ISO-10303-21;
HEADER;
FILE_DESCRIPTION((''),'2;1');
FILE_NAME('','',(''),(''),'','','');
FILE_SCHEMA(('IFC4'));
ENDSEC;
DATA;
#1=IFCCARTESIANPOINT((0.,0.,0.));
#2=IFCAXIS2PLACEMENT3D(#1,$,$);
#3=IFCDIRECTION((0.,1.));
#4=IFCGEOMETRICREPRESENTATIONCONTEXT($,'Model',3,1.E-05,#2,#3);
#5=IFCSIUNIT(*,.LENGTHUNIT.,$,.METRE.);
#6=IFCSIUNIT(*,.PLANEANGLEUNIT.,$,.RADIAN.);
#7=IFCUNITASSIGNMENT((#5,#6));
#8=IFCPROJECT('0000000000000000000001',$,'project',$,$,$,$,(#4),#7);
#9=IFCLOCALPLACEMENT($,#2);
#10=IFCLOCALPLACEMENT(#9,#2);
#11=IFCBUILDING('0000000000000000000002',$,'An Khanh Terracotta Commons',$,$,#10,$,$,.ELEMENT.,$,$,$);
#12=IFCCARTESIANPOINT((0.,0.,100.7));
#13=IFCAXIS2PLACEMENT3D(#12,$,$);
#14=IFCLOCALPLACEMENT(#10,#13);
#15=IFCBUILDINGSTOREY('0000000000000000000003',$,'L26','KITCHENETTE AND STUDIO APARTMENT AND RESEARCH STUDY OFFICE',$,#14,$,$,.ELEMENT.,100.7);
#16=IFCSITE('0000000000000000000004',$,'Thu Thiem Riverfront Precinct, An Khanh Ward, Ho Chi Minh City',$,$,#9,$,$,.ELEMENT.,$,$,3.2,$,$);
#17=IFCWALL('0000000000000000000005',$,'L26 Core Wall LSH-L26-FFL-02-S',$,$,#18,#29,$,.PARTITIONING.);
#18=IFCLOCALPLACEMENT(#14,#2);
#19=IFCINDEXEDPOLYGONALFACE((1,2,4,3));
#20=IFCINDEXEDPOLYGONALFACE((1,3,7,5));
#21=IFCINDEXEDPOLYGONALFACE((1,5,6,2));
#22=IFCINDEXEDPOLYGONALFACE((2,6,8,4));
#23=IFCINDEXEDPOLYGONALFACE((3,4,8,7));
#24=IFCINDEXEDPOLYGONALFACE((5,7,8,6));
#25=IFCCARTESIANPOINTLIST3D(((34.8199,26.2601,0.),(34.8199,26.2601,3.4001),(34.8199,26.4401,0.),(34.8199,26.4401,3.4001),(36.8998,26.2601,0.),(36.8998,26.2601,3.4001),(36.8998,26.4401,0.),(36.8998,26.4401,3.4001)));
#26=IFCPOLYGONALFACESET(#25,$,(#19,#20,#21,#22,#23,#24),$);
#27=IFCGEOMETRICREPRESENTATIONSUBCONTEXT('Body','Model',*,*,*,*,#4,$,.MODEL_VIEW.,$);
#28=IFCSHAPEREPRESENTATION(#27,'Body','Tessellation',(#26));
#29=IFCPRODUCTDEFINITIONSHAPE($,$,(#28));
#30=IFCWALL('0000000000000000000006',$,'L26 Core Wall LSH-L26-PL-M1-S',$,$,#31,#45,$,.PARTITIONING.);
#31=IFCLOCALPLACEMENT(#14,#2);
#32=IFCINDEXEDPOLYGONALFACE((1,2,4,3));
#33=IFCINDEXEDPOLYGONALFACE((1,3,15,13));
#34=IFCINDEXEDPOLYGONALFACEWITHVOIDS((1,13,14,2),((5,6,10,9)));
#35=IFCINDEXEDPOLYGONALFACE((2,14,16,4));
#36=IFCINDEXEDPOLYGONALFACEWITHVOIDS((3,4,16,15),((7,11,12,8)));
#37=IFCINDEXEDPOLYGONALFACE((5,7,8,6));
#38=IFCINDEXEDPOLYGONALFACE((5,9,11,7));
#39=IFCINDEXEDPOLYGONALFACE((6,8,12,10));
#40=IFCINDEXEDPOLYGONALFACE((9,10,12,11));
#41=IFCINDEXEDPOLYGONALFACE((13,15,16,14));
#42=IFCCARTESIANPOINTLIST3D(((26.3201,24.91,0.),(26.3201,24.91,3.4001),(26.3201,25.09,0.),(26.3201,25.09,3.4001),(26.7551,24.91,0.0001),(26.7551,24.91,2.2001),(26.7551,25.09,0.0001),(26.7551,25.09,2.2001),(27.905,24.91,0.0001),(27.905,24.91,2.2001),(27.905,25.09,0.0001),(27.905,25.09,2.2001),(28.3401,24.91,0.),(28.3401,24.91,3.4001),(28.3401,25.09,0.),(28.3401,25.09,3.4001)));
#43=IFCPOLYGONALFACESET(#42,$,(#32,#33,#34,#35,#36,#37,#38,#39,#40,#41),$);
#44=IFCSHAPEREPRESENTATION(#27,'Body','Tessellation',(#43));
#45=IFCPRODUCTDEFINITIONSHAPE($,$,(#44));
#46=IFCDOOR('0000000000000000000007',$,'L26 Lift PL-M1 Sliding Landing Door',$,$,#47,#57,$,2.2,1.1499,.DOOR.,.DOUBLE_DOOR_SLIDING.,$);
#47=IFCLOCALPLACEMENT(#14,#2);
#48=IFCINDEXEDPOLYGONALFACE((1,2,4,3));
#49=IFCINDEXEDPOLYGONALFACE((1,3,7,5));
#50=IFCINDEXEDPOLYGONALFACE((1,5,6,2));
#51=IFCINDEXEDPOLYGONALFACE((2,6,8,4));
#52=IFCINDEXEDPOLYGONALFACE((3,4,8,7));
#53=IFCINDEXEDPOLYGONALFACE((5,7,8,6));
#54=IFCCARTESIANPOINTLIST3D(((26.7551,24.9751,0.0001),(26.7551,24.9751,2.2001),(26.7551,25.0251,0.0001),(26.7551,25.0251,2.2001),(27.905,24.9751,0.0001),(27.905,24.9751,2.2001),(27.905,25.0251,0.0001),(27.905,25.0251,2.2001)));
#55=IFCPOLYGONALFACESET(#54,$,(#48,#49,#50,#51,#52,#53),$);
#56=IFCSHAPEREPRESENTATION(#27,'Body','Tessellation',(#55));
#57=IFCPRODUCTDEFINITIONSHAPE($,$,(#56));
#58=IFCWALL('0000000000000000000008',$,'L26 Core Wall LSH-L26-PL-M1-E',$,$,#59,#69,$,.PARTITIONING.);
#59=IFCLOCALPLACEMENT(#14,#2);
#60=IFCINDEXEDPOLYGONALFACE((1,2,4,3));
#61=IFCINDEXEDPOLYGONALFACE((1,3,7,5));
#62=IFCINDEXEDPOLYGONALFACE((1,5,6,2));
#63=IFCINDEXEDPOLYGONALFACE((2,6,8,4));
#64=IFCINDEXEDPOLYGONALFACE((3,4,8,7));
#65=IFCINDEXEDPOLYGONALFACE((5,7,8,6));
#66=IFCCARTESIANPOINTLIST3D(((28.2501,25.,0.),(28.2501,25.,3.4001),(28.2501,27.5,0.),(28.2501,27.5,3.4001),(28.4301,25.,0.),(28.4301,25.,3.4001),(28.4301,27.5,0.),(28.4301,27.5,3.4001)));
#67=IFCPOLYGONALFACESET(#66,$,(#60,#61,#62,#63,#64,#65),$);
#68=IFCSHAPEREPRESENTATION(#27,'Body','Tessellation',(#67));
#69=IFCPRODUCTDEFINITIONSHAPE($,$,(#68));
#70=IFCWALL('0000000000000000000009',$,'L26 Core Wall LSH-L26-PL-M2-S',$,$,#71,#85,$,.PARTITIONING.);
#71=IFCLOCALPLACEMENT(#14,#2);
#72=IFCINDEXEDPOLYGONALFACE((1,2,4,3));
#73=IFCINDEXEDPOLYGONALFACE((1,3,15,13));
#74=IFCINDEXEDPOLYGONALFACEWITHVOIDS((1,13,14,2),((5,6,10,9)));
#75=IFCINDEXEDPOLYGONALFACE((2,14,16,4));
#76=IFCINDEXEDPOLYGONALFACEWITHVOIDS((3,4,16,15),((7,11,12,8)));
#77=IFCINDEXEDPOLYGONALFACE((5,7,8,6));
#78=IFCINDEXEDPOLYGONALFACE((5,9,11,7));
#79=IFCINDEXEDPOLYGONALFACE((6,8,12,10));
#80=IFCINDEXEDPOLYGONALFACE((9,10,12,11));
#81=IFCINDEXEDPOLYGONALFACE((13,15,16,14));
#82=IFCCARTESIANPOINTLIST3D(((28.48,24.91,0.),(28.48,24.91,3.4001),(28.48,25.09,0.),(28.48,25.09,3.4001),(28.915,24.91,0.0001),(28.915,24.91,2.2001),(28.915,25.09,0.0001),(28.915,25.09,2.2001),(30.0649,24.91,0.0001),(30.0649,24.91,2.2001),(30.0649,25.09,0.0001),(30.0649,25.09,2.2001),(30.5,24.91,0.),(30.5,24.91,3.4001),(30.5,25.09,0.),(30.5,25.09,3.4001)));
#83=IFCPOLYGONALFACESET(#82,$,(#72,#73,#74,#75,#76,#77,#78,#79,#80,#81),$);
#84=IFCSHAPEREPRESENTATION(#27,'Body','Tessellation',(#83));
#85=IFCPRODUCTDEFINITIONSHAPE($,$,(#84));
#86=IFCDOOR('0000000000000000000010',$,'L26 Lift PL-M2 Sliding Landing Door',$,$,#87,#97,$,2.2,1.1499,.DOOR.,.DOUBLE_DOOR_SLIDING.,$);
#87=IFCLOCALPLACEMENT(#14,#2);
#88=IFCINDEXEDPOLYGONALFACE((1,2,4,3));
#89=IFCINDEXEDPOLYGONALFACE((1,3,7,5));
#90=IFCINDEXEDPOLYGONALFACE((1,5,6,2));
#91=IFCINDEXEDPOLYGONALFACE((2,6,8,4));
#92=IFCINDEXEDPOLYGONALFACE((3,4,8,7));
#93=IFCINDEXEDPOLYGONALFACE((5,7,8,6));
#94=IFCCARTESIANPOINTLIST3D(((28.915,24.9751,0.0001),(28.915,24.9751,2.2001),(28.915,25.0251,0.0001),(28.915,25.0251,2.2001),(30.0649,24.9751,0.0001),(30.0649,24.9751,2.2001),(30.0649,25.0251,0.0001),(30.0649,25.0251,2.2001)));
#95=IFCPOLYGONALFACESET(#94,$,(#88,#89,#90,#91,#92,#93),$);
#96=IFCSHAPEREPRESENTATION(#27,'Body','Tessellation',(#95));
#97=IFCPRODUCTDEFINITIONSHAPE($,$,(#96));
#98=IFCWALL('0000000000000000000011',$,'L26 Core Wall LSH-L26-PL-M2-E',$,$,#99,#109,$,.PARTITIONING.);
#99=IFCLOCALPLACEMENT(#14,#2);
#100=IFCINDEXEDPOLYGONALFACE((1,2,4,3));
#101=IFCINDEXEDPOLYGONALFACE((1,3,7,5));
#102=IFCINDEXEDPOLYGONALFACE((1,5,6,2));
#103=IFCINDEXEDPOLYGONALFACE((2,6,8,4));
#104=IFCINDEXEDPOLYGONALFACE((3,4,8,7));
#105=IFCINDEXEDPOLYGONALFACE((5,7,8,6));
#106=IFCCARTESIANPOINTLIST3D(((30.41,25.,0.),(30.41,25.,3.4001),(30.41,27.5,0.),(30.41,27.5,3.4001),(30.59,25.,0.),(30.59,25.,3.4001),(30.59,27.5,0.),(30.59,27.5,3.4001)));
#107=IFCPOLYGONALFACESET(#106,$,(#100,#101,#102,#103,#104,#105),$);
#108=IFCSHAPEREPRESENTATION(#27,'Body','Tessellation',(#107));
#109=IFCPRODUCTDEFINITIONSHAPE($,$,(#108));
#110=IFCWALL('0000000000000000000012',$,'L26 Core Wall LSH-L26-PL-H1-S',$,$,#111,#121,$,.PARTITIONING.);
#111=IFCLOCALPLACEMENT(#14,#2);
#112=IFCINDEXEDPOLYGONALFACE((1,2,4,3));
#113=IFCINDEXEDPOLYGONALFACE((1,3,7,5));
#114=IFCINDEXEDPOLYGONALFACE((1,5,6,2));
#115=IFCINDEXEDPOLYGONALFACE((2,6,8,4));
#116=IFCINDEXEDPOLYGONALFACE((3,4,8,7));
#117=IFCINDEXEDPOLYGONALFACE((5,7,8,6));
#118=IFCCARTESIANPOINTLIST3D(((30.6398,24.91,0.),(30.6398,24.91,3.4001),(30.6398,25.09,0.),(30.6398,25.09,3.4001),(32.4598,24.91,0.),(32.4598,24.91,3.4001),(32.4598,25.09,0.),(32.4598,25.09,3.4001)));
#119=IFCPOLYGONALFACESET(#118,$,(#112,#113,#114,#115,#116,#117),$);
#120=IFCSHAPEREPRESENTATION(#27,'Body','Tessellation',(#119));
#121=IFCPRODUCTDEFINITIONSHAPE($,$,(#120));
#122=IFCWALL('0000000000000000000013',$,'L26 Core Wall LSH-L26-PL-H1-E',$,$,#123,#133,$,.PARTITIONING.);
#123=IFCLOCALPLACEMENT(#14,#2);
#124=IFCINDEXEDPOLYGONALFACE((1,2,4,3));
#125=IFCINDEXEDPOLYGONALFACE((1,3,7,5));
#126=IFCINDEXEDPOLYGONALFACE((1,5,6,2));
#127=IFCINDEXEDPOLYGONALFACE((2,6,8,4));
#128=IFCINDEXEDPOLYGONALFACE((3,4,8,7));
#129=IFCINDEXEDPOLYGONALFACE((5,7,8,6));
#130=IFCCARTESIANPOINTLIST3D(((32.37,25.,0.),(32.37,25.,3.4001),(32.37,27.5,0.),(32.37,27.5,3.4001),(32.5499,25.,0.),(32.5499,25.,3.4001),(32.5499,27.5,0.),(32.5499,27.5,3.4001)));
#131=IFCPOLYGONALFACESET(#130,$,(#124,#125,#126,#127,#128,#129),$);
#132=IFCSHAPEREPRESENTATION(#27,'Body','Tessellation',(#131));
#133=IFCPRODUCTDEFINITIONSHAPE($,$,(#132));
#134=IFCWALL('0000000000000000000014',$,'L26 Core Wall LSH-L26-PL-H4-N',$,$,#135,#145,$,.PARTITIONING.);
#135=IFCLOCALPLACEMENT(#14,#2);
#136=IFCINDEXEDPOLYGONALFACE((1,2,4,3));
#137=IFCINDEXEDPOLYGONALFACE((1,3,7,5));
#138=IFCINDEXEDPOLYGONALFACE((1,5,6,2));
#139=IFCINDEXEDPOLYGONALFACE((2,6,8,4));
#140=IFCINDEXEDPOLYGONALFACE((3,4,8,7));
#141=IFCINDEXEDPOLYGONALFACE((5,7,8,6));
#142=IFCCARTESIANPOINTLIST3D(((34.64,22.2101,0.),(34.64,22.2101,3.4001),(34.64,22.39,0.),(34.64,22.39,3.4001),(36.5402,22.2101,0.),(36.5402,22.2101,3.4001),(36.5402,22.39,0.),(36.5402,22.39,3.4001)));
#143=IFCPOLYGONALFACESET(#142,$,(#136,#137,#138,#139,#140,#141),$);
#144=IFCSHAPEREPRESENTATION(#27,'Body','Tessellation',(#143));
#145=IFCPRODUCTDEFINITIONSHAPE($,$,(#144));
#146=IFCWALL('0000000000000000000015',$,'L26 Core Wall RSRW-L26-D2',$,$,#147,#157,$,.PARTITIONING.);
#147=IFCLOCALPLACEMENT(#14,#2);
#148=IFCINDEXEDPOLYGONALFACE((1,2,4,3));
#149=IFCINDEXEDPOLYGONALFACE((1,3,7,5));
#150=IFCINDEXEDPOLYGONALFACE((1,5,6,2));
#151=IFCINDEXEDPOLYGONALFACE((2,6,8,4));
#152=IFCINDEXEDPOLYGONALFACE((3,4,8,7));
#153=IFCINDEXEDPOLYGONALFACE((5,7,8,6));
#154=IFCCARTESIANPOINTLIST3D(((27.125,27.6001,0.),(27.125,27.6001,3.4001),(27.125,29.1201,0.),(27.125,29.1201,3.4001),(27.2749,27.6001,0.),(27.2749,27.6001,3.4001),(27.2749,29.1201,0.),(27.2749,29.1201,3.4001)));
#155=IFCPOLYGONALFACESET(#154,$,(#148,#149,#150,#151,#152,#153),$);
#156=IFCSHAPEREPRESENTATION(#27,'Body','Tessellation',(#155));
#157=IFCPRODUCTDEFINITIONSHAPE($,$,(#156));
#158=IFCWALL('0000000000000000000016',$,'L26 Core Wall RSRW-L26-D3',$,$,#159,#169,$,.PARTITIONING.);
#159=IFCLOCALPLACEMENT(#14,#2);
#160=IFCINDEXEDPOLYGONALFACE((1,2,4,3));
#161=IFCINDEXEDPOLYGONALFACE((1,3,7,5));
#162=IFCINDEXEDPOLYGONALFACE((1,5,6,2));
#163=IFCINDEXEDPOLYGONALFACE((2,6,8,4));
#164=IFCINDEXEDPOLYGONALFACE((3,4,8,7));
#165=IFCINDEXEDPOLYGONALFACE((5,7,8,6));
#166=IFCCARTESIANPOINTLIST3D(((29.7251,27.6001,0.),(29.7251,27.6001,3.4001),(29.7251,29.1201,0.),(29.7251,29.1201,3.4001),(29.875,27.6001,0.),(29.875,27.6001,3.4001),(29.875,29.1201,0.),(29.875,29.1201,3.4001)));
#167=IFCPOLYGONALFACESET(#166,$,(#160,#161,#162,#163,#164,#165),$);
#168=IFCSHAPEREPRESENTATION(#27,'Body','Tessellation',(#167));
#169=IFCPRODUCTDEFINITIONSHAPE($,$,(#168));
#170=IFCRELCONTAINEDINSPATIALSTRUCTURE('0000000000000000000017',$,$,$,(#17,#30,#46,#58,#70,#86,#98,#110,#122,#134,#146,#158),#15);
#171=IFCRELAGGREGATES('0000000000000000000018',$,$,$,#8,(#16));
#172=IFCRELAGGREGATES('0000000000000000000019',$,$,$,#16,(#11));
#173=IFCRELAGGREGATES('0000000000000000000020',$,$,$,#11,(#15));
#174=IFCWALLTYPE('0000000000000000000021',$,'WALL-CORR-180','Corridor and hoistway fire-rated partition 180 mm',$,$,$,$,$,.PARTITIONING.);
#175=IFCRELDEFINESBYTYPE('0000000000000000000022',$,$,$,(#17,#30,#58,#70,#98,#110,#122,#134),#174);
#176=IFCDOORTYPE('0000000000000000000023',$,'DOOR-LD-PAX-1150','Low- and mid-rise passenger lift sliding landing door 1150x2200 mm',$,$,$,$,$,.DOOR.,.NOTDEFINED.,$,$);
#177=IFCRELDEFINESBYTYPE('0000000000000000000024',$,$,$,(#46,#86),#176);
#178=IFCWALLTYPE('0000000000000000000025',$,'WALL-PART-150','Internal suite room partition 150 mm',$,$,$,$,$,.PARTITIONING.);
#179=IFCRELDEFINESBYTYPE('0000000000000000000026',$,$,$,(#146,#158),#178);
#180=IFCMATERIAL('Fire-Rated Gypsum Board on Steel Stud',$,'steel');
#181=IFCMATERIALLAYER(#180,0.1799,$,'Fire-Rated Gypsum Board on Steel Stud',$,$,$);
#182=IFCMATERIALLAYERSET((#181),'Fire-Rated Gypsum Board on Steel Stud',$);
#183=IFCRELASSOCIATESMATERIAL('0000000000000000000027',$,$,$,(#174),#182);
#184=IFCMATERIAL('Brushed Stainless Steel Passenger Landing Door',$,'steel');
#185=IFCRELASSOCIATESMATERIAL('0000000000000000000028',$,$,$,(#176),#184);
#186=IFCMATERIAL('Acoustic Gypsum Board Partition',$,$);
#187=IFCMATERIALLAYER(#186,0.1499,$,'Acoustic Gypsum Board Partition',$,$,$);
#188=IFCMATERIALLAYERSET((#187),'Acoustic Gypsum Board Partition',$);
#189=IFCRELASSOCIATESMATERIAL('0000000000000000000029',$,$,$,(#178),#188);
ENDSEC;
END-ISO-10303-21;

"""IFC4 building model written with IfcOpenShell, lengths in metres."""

from ifc_helpers import new_model, si_unit, direction, frame, frame_2d, origin, place, context, subcontext, project, spatial, rectangle, extrude, material, layer, layer_set, type_object, element, fill, save


model = new_model("IFC4")

# Units and contexts
model_context = context("Model", 3, precision=1e-05, world=origin(), true_north=direction((0.0, 1.0)))
body_context = subcontext(model_context, "Body", "Model", "MODEL_VIEW")
ifc_project = project(units=[si_unit("LENGTHUNIT", "METRE"), si_unit("PLANEANGLEUNIT", "RADIAN")], contexts=[model_context])

# Site, building, storey
site_placement = place(None, origin())
site = spatial("IfcSite", under=ifc_project, at=site_placement, Name="Thu Thiem Riverfront Precinct, An Khanh Ward, Ho Chi Minh City", CompositionType="ELEMENT", RefElevation=3.2)
building_placement = place(site_placement, origin())
building = spatial("IfcBuilding", under=site, at=building_placement, Name="An Khanh Terracotta Commons", CompositionType="ELEMENT")
storey_placement = place(building_placement, frame((0.0, 0.0, 100.7)))
storey = spatial("IfcBuildingStorey", under=building, at=storey_placement, Name="L26", Description="KITCHENETTE AND STUDIO APARTMENT AND RESEARCH STUDY OFFICE", CompositionType="ELEMENT", Elevation=100.7)

# Shared definitions
ifc_material_1 = material(Name="Fire-Rated Gypsum Board on Steel Stud", Category="steel")
ifc_layer_1 = layer(ifc_material_1, 0.1799, Name="Fire-Rated Gypsum Board on Steel Stud")
ifc_layer_set_1 = layer_set([ifc_layer_1], Name="Fire-Rated Gypsum Board on Steel Stud")
wall_type_1 = type_object("IfcWallType", Name="WALL-CORR-180", Description="Corridor and hoistway fire-rated partition 180 mm", PredefinedType="PARTITIONING", material=ifc_layer_set_1)

# Wall
wall_1_placement = place(storey_placement, frame((36.8999, 26.3501, 0.0), z_axis=(0.0, 0.0, 1.0), x_axis=(-1.0, 0.0, 0.0)))
element("IfcWall", 1, at=wall_1_placement, inside=storey, type_object=wall_type_1, Name="L26 Core Wall LSH-L26-FFL-02-S", PredefinedType="PARTITIONING", context=body_context, shape_type="SweptSolid", body=[
    extrude(rectangle(XDim=2.0798, YDim=0.1799, at=frame_2d((1.04, 0.0))), origin(), (0.0, 0.0, 1.0), 3.4001),
])

# Wall, opening, door
wall_2_placement = place(storey_placement, frame((28.3401, 25.0, 0.0), z_axis=(0.0, 0.0, 1.0), x_axis=(-1.0, 0.0, 0.0)))
wall_2 = element("IfcWall", 2, at=wall_2_placement, inside=storey, type_object=wall_type_1, Name="L26 Core Wall LSH-L26-PL-M1-S", PredefinedType="PARTITIONING", context=body_context, shape_type="SweptSolid", body=[
    extrude(rectangle(XDim=2.02, YDim=0.1799, at=frame_2d((1.01, 0.0))), origin(), (0.0, 0.0, 1.0), 3.4001),
])
opening_1_placement = place(wall_2_placement, frame((0.4351, 0.0, 0.0)))
opening_1 = element("IfcOpeningElement", 3, at=opening_1_placement, cuts=wall_2, PredefinedType="OPENING", context=body_context, shape_type="SweptSolid", body=[
    extrude(rectangle(XDim=1.1499, YDim=2.2, at=frame_2d((0.575, 1.1001))), frame((0.0, 0.0999, 0.0), z_axis=(0.0, -1.0, 0.0), x_axis=(1.0, 0.0, 0.0)), (0.0, 0.0, 1.0), 0.2),
])
ifc_material_2 = material(Name="Brushed Stainless Steel Passenger Landing Door", Category="steel")
door_type_1 = type_object("IfcDoorType", Name="DOOR-LD-PAX-1150", Description="Low- and mid-rise passenger lift sliding landing door 1150x2200 mm", OperationType="NOTDEFINED", PredefinedType="DOOR", material=ifc_material_2)
door_1_placement = place(opening_1_placement, origin())
door_1 = element("IfcDoor", 4, at=door_1_placement, inside=storey, type_object=door_type_1, Name="L26 Lift PL-M1 Sliding Landing Door", OperationType="DOUBLE_DOOR_SLIDING", OverallHeight=2.2, OverallWidth=1.1499, PredefinedType="DOOR", context=body_context, shape_type="SweptSolid", body=[
    extrude(rectangle(XDim=1.1499, YDim=2.2, at=frame_2d((0.575, 1.1001))), frame((0.0, 0.0249, 0.0), z_axis=(0.0, -1.0, 0.0), x_axis=(1.0, 0.0, 0.0)), (0.0, 0.0, 1.0), 0.05),
])
fill(opening_1, door_1)

# Wall
wall_3_placement = place(storey_placement, frame((28.3401, 25.0, 0.0), z_axis=(0.0, 0.0, 1.0), x_axis=(0.0, 1.0, 0.0)))
element("IfcWall", 5, at=wall_3_placement, inside=storey, type_object=wall_type_1, Name="L26 Core Wall LSH-L26-PL-M1-E", PredefinedType="PARTITIONING", context=body_context, shape_type="SweptSolid", body=[
    extrude(rectangle(XDim=2.5, YDim=0.1799, at=frame_2d((1.25, 0.0))), origin(), (0.0, 0.0, 1.0), 3.4001),
])

# Wall, opening, door
wall_4_placement = place(storey_placement, frame((30.5, 25.0, 0.0), z_axis=(0.0, 0.0, 1.0), x_axis=(-1.0, 0.0, 0.0)))
wall_4 = element("IfcWall", 6, at=wall_4_placement, inside=storey, type_object=wall_type_1, Name="L26 Core Wall LSH-L26-PL-M2-S", PredefinedType="PARTITIONING", context=body_context, shape_type="SweptSolid", body=[
    extrude(rectangle(XDim=2.02, YDim=0.1799, at=frame_2d((1.01, 0.0))), origin(), (0.0, 0.0, 1.0), 3.4001),
])
opening_2_placement = place(wall_4_placement, frame((0.4351, 0.0, 0.0)))
opening_2 = element("IfcOpeningElement", 7, at=opening_2_placement, cuts=wall_4, PredefinedType="OPENING", context=body_context, shape_type="SweptSolid", body=[
    extrude(rectangle(XDim=1.1499, YDim=2.2, at=frame_2d((0.575, 1.1001))), frame((0.0, 0.0999, 0.0), z_axis=(0.0, -1.0, 0.0), x_axis=(1.0, 0.0, 0.0)), (0.0, 0.0, 1.0), 0.2),
])
door_2_placement = place(opening_2_placement, origin())
door_2 = element("IfcDoor", 8, at=door_2_placement, inside=storey, type_object=door_type_1, Name="L26 Lift PL-M2 Sliding Landing Door", OperationType="DOUBLE_DOOR_SLIDING", OverallHeight=2.2, OverallWidth=1.1499, PredefinedType="DOOR", context=body_context, shape_type="SweptSolid", body=[
    extrude(rectangle(XDim=1.1499, YDim=2.2, at=frame_2d((0.575, 1.1001))), frame((0.0, 0.0249, 0.0), z_axis=(0.0, -1.0, 0.0), x_axis=(1.0, 0.0, 0.0)), (0.0, 0.0, 1.0), 0.05),
])
fill(opening_2, door_2)

# Walls
wall_5_placement = place(storey_placement, frame((30.5, 25.0, 0.0), z_axis=(0.0, 0.0, 1.0), x_axis=(0.0, 1.0, 0.0)))
element("IfcWall", 9, at=wall_5_placement, inside=storey, type_object=wall_type_1, Name="L26 Core Wall LSH-L26-PL-M2-E", PredefinedType="PARTITIONING", context=body_context, shape_type="SweptSolid", body=[
    extrude(rectangle(XDim=2.5, YDim=0.1799, at=frame_2d((1.25, 0.0))), origin(), (0.0, 0.0, 1.0), 3.4001),
])
wall_6_placement = place(storey_placement, frame((32.46, 25.0, 0.0), z_axis=(0.0, 0.0, 1.0), x_axis=(-1.0, 0.0, 0.0)))
element("IfcWall", 10, at=wall_6_placement, inside=storey, type_object=wall_type_1, Name="L26 Core Wall LSH-L26-PL-H1-S", PredefinedType="PARTITIONING", context=body_context, shape_type="SweptSolid", body=[
    extrude(rectangle(XDim=1.8201, YDim=0.1799, at=frame_2d((0.9102, 0.0))), origin(), (0.0, 0.0, 1.0), 3.4001),
])
wall_7_placement = place(storey_placement, frame((32.46, 25.0, 0.0), z_axis=(0.0, 0.0, 1.0), x_axis=(0.0, 1.0, 0.0)))
element("IfcWall", 11, at=wall_7_placement, inside=storey, type_object=wall_type_1, Name="L26 Core Wall LSH-L26-PL-H1-E", PredefinedType="PARTITIONING", context=body_context, shape_type="SweptSolid", body=[
    extrude(rectangle(XDim=2.5, YDim=0.1799, at=frame_2d((1.25, 0.0))), origin(), (0.0, 0.0, 1.0), 3.4001),
])
wall_8_placement = place(storey_placement, frame((34.6399, 22.3, 0.0), z_axis=(0.0, 0.0, 1.0), x_axis=(1.0, 0.0, 0.0)))
element("IfcWall", 12, at=wall_8_placement, inside=storey, type_object=wall_type_1, Name="L26 Core Wall LSH-L26-PL-H4-N", PredefinedType="PARTITIONING", context=body_context, shape_type="SweptSolid", body=[
    extrude(rectangle(XDim=1.9001, YDim=0.1799, at=frame_2d((0.9502, 0.0))), origin(), (0.0, 0.0, 1.0), 3.4001),
])
ifc_material_3 = material(Name="Acoustic Gypsum Board Partition")
ifc_layer_2 = layer(ifc_material_3, 0.1499, Name="Acoustic Gypsum Board Partition")
ifc_layer_set_2 = layer_set([ifc_layer_2], Name="Acoustic Gypsum Board Partition")
wall_type_2 = type_object("IfcWallType", Name="WALL-PART-150", Description="Internal suite room partition 150 mm", PredefinedType="PARTITIONING", material=ifc_layer_set_2)
for number, where, z_axis, x_axis, name in (
    (13, (27.2, 27.6001, 0.0), (0.0, 0.0, 1.0), (0.0, 1.0, 0.0), "L26 Core Wall RSRW-L26-D2"),
    (14, (29.8, 27.6001, 0.0), (0.0, 0.0, 1.0), (0.0, 1.0, 0.0), "L26 Core Wall RSRW-L26-D3"),
):
    element("IfcWall", number, at=place(storey_placement, frame(where, z_axis=z_axis, x_axis=x_axis)), inside=storey, type_object=wall_type_2, Name=name, PredefinedType="PARTITIONING", context=body_context, shape_type="SweptSolid", body=[
        extrude(rectangle(XDim=1.52, YDim=0.1499, at=frame_2d((0.76, 0.0))), origin(), (0.0, 0.0, 1.0), 3.4001),
    ])

save(model, "model.ifc")
